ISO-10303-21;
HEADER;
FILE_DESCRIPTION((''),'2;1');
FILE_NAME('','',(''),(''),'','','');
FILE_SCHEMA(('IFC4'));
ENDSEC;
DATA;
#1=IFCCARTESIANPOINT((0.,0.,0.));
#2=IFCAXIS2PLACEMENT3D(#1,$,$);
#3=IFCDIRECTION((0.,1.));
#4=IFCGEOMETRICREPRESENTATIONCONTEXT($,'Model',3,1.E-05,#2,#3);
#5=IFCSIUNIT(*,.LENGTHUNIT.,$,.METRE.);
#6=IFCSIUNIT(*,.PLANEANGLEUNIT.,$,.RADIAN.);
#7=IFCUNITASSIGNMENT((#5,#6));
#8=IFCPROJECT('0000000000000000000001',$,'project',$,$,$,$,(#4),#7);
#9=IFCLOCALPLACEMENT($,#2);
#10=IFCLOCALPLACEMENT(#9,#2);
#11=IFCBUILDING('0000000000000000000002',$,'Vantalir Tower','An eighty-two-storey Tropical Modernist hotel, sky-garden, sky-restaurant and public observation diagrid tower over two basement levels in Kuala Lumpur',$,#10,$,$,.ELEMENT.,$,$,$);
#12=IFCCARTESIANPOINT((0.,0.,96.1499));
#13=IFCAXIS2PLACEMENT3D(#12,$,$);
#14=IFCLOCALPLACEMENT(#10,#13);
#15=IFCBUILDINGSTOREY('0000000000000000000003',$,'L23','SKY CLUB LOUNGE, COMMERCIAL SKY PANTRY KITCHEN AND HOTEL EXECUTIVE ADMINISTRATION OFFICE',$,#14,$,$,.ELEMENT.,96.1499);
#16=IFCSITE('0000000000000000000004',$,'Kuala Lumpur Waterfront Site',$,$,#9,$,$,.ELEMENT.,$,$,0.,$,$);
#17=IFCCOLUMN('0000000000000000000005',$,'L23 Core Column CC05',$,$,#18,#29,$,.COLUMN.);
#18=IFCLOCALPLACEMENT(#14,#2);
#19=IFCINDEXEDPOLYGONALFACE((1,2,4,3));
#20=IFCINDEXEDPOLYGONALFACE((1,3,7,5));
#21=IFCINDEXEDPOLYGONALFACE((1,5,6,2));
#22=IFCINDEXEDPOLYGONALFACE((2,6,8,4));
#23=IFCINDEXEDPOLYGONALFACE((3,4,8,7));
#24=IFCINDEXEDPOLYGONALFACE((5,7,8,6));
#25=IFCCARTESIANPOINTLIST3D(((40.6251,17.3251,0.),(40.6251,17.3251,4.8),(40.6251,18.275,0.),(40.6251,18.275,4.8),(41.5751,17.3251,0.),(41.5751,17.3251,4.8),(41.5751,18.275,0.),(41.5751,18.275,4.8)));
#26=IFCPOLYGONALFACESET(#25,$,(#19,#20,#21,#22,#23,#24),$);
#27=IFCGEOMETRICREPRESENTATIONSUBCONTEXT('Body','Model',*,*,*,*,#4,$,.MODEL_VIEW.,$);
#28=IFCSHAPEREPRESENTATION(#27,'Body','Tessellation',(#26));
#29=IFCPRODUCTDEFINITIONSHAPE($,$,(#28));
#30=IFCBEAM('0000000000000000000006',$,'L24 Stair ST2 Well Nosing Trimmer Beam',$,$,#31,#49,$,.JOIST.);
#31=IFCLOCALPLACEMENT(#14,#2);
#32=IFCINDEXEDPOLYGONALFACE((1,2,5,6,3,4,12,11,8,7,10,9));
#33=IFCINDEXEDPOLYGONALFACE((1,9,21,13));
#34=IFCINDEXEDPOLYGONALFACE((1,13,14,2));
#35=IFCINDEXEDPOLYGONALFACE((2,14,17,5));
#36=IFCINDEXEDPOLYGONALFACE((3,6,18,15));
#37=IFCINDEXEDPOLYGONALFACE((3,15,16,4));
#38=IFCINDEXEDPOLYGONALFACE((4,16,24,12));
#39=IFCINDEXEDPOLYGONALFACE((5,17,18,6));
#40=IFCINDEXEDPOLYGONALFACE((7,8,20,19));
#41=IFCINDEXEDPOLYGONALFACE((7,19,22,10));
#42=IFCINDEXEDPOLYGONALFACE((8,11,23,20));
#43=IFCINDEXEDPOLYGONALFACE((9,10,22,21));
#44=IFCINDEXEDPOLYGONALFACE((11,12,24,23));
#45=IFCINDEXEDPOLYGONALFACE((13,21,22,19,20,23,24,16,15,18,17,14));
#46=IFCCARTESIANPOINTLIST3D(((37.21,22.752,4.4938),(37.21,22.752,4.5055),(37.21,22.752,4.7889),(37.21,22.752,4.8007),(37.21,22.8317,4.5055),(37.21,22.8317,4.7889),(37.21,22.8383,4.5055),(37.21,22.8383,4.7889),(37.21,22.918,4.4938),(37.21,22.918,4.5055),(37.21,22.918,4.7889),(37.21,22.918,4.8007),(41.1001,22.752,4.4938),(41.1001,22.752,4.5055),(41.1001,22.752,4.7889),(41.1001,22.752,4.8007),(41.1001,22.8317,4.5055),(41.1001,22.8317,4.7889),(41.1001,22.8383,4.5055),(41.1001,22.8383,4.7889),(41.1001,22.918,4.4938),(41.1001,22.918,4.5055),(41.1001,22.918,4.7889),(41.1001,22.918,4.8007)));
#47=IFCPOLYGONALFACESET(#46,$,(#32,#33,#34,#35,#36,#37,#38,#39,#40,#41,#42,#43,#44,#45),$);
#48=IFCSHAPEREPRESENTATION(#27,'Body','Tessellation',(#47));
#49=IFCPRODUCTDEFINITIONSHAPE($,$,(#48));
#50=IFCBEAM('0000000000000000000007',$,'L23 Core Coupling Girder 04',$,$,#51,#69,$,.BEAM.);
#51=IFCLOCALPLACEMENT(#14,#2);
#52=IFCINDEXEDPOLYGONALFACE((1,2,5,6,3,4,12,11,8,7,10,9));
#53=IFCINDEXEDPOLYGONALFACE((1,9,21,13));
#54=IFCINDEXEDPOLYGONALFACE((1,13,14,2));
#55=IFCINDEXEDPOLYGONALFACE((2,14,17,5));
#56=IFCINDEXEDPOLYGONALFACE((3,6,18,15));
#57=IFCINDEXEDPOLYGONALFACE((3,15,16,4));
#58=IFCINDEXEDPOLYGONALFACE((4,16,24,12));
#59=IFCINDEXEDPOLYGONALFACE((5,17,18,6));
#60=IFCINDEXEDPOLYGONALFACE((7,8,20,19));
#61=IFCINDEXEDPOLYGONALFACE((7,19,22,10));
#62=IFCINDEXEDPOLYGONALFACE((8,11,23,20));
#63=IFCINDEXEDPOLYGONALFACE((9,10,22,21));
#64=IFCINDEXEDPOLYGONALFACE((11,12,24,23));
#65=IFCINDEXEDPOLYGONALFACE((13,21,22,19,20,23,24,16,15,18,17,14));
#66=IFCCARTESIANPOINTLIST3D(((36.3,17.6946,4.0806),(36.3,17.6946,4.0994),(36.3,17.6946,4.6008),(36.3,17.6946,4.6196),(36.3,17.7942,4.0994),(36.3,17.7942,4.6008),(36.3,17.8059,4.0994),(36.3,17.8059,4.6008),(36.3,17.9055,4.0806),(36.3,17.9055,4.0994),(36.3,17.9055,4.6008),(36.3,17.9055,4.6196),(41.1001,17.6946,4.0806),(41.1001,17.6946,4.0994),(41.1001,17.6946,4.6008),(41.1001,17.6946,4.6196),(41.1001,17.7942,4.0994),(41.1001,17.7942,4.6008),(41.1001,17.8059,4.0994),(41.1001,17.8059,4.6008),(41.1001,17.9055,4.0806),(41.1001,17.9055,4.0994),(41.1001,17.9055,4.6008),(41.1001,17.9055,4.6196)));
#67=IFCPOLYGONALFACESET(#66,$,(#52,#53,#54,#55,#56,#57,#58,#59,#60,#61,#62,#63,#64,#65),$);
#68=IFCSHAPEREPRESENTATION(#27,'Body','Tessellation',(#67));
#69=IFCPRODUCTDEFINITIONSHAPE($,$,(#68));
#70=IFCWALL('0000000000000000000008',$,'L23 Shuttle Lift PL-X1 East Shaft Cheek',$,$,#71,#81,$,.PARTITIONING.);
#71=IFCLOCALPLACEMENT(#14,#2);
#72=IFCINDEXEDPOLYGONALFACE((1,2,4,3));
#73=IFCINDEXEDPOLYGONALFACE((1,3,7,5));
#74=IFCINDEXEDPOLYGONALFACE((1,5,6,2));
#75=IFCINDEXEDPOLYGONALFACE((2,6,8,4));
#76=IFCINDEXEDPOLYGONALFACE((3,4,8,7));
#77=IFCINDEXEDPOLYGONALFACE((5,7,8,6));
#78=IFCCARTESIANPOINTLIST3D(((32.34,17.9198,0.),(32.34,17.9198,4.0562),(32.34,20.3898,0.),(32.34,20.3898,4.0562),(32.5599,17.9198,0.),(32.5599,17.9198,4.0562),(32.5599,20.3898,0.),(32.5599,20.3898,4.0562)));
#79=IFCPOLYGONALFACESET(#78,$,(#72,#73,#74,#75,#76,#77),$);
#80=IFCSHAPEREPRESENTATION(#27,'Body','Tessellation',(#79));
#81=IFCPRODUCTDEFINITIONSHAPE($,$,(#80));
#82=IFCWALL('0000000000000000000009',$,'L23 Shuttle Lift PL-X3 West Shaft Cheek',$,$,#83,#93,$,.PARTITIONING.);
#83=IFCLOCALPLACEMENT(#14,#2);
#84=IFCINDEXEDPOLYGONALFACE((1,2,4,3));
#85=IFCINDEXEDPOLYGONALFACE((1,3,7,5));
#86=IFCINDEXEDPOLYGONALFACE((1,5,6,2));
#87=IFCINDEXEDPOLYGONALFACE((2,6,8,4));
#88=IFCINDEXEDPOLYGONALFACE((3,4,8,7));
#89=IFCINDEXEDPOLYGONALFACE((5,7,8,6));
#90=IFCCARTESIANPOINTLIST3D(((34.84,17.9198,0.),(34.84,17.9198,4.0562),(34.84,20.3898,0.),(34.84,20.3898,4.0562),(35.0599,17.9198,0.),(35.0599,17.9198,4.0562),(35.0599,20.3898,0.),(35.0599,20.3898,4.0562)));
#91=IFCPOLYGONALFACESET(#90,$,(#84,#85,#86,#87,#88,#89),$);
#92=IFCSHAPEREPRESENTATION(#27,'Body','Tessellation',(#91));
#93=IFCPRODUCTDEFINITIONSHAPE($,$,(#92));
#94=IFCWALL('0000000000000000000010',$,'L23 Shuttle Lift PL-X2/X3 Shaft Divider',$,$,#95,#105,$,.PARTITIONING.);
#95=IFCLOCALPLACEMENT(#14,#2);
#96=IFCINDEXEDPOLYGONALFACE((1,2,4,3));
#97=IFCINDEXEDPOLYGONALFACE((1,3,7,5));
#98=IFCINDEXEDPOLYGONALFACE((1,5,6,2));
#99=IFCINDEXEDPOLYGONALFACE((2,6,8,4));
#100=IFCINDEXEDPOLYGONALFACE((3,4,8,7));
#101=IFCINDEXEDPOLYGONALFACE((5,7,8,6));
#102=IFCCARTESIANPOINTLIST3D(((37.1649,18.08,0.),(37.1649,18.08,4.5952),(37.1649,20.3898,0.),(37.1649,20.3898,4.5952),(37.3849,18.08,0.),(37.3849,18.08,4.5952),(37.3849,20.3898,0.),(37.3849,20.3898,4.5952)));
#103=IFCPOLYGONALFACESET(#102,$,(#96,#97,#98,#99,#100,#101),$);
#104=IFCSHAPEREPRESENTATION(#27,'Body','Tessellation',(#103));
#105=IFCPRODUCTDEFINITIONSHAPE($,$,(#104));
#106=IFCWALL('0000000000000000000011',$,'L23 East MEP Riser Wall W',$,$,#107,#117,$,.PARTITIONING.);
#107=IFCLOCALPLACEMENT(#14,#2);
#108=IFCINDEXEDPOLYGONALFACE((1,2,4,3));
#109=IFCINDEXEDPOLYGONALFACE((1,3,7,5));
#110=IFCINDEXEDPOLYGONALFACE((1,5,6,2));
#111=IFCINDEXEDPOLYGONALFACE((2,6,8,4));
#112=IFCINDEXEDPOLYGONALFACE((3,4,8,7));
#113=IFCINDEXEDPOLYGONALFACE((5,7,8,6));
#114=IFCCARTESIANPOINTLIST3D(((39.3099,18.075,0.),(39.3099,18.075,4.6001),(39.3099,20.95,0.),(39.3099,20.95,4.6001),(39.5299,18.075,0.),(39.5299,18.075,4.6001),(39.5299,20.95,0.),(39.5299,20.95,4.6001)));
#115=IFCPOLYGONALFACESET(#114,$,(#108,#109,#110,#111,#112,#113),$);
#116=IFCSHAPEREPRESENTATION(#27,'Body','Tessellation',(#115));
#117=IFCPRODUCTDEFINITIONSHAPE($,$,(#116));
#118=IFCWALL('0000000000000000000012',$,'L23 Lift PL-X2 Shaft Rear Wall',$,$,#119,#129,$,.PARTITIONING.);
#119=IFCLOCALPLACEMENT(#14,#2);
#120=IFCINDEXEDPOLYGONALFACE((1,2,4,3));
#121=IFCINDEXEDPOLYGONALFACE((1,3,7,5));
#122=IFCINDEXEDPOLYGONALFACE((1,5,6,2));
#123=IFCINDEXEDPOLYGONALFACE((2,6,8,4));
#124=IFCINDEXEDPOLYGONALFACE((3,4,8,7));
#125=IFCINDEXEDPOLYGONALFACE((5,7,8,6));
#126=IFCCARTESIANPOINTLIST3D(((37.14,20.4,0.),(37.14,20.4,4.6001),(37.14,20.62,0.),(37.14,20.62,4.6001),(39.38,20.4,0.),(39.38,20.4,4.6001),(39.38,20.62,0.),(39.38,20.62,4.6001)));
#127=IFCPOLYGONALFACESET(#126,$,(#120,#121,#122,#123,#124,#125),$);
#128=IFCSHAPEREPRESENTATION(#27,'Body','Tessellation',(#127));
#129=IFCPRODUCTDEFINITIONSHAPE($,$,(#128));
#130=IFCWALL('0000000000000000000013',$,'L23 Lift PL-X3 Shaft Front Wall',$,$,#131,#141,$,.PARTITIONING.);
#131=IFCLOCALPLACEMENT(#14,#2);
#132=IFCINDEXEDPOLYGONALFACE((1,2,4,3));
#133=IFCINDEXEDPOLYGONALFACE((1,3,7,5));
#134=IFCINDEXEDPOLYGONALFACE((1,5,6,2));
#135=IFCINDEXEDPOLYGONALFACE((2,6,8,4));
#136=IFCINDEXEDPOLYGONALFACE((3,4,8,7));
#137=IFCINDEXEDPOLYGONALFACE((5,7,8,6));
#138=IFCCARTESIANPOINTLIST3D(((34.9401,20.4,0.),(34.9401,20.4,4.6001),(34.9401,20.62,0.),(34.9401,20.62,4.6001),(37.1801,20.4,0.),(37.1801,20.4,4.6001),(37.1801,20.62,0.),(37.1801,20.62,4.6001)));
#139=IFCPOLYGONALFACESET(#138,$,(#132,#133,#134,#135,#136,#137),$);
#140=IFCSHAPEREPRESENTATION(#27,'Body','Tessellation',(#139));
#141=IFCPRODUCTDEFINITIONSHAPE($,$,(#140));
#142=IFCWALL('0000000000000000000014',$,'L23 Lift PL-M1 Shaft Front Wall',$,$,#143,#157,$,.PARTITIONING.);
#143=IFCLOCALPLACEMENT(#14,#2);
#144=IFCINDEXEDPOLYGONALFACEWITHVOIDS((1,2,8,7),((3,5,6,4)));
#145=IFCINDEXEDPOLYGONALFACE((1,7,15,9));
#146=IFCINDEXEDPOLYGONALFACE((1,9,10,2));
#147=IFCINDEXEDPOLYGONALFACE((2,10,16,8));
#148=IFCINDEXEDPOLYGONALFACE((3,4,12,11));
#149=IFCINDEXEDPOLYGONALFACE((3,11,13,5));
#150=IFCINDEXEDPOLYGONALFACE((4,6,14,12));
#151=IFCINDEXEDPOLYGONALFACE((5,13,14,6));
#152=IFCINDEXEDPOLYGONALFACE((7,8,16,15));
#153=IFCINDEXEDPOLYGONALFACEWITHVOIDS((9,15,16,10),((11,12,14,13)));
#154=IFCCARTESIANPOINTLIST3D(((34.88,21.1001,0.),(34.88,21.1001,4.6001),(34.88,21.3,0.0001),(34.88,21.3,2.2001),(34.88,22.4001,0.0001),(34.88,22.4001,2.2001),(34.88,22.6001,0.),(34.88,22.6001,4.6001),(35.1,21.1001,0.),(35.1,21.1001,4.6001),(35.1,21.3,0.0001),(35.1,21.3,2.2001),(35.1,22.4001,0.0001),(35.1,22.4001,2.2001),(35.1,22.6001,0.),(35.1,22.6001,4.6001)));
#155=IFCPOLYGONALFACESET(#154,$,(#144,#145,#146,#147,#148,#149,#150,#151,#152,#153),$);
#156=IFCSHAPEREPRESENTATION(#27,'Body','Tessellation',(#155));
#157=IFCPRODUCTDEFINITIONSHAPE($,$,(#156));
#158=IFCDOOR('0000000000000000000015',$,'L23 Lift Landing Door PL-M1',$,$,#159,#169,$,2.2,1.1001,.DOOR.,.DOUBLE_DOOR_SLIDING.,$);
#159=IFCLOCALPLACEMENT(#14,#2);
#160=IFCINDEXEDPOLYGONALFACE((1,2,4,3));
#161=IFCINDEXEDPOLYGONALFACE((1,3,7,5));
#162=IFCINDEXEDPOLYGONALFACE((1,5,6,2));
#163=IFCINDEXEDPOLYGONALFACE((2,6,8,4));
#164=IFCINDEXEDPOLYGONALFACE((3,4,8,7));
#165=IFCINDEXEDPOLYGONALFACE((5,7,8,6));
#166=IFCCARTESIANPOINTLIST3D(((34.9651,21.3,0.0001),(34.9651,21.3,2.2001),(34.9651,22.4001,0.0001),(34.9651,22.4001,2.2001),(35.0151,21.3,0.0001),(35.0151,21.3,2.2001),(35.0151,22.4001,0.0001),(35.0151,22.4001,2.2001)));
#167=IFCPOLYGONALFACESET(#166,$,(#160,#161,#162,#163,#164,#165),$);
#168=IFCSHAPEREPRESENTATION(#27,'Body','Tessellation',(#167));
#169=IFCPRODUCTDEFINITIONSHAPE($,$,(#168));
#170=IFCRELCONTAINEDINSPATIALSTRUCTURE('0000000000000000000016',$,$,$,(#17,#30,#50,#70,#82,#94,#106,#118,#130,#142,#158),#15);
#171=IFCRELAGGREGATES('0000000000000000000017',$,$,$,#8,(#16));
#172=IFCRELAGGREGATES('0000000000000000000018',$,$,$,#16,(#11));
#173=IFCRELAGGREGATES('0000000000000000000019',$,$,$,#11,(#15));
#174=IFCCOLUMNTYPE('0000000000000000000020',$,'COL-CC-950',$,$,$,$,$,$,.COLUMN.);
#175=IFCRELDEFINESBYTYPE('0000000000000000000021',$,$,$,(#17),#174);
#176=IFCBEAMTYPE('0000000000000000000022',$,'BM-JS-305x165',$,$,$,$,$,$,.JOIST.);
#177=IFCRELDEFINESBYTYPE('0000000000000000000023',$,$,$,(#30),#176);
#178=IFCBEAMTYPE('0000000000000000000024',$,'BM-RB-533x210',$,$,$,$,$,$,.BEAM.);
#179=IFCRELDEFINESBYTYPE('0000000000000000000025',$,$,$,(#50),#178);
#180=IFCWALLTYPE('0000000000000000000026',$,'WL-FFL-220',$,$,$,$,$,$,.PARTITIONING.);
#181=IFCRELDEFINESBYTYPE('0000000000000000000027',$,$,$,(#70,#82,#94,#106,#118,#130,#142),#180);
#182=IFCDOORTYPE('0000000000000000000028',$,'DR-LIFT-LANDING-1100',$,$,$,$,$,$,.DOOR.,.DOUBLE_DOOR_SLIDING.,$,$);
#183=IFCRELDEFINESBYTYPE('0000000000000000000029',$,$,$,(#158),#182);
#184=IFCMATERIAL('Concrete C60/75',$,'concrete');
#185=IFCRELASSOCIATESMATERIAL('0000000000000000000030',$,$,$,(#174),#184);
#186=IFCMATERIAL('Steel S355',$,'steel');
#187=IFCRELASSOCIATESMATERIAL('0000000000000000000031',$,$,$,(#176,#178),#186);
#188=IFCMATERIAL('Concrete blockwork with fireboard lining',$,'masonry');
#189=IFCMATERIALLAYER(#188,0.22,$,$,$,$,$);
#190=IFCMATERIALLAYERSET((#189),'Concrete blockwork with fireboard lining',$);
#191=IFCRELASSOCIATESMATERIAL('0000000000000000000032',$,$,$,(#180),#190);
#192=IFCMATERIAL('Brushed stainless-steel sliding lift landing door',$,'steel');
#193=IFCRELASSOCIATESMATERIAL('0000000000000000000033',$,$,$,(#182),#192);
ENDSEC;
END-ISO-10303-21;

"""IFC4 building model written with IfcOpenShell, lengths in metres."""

from ifc_helpers import new_model, si_unit, direction, frame, frame_2d, origin, origin_2d, place, context, subcontext, project, spatial, rectangle, i_section, extrude, material, layer, layer_set, material_profile, profile_set, type_object, element, fill, save


model = new_model("IFC4")

# Units and contexts
model_context = context("Model", 3, precision=1e-05, world=origin(), true_north=direction((0.0, 1.0)))
body_context = subcontext(model_context, "Body", "Model", "MODEL_VIEW")
ifc_project = project(units=[si_unit("LENGTHUNIT", "METRE"), si_unit("PLANEANGLEUNIT", "RADIAN")], contexts=[model_context])

# Site, building, storey
site_placement = place(None, origin())
site = spatial("IfcSite", under=ifc_project, at=site_placement, Name="Kuala Lumpur Waterfront Site", CompositionType="ELEMENT", RefElevation=0.0)
building_placement = place(site_placement, origin())
building = spatial("IfcBuilding", under=site, at=building_placement, Name="Vantalir Tower", Description="An eighty-two-storey Tropical Modernist hotel, sky-garden, sky-restaurant and public observation diagrid tower over two basement levels in Kuala Lumpur", CompositionType="ELEMENT")
storey_placement = place(building_placement, frame((0.0, 0.0, 96.1499)))
storey = spatial("IfcBuildingStorey", under=building, at=storey_placement, Name="L23", Description="SKY CLUB LOUNGE, COMMERCIAL SKY PANTRY KITCHEN AND HOTEL EXECUTIVE ADMINISTRATION OFFICE", CompositionType="ELEMENT", Elevation=96.1499)

# Column
ifc_material_1 = material(Name="Concrete C60/75", Category="concrete")
ifc_material_profile_1 = material_profile(ifc_material_1, rectangle(XDim=0.95, YDim=0.95, at=origin_2d()), Name="Concrete C60/75")
ifc_profile_set_1 = profile_set([ifc_material_profile_1], Name="Concrete C60/75")
column_type = type_object("IfcColumnType", Name="COL-CC-950", PredefinedType="COLUMN", material=ifc_profile_set_1)
column_placement = place(storey_placement, frame((41.1001, 17.8, 0.0), z_axis=(0.0, 0.0, 1.0), x_axis=(1.0, 0.0, 0.0)))
element("IfcColumn", 1, at=column_placement, inside=storey, type_object=column_type, Name="L23 Core Column CC05", PredefinedType="COLUMN", context=body_context, shape_type="SweptSolid", body=[
    extrude(rectangle(XDim=0.95, YDim=0.95, at=origin_2d()), origin(), (0.0, 0.0, 1.0), 4.8),
])

# Beams
ifc_material_2 = material(Name="Steel S355", Category="steel")
ifc_material_profile_2 = material_profile(ifc_material_2, i_section(OverallWidth=0.166, OverallDepth=0.3069, WebThickness=0.0066, FlangeThickness=0.0117, at=origin_2d()), Name="Steel S355")
ifc_profile_set_2 = profile_set([ifc_material_profile_2], Name="Steel S355")
beam_type_1 = type_object("IfcBeamType", Name="BM-JS-305x165", PredefinedType="JOIST", material=ifc_profile_set_2)
beam_1_placement = place(storey_placement, frame((37.21, 22.835, 4.6472), z_axis=(1.0, 0.0, 0.0), x_axis=(0.0, 1.0, 0.0)))
element("IfcBeam", 2, at=beam_1_placement, inside=storey, type_object=beam_type_1, Name="L24 Stair ST2 Well Nosing Trimmer Beam", PredefinedType="JOIST", context=body_context, shape_type="SweptSolid", body=[
    extrude(i_section(OverallWidth=0.166, OverallDepth=0.3069, WebThickness=0.0066, FlangeThickness=0.0117, at=origin_2d()), origin(), (0.0, 0.0, 1.0), 3.8901),
])
ifc_material_profile_3 = material_profile(ifc_material_2, i_section(OverallWidth=0.2109, OverallDepth=0.5391, WebThickness=0.0117, FlangeThickness=0.0188, at=origin_2d()), Name="Steel S355")
ifc_profile_set_3 = profile_set([ifc_material_profile_3], Name="Steel S355")
beam_type_2 = type_object("IfcBeamType", Name="BM-RB-533x210", PredefinedType="BEAM", material=ifc_profile_set_3)
beam_2_placement = place(storey_placement, frame((36.3, 17.8, 4.3501), z_axis=(1.0, 0.0, 0.0), x_axis=(0.0, 1.0, 0.0)))
element("IfcBeam", 3, at=beam_2_placement, inside=storey, type_object=beam_type_2, Name="L23 Core Coupling Girder 04", PredefinedType="BEAM", context=body_context, shape_type="SweptSolid", body=[
    extrude(i_section(OverallWidth=0.2109, OverallDepth=0.5391, WebThickness=0.0117, FlangeThickness=0.0188, at=origin_2d()), origin(), (0.0, 0.0, 1.0), 4.8),
])

# Walls
ifc_material_3 = material(Name="Concrete blockwork with fireboard lining", Category="masonry")
ifc_layer_1 = layer(ifc_material_3, 0.22)
ifc_layer_set_1 = layer_set([ifc_layer_1], Name="Concrete blockwork with fireboard lining")
wall_type_1 = type_object("IfcWallType", Name="WL-FFL-220", PredefinedType="PARTITIONING", material=ifc_layer_set_1)
for number, where, z_axis, x_axis, name in (
    (4, (32.45, 17.9199, 0.0), (0.0, 0.0, 1.0), (0.0, 1.0, 0.0), "L23 Shuttle Lift PL-X1 East Shaft Cheek"),
    (5, (34.95, 17.9199, 0.0), (0.0, 0.0, 1.0), (0.0, 1.0, 0.0), "L23 Shuttle Lift PL-X3 West Shaft Cheek"),
):
    element("IfcWall", number, at=place(storey_placement, frame(where, z_axis=z_axis, x_axis=x_axis)), inside=storey, type_object=wall_type_1, Name=name, PredefinedType="PARTITIONING", context=body_context, shape_type="SweptSolid", body=[
        extrude(rectangle(XDim=2.47, YDim=0.22, at=frame_2d((1.2349, 0.0))), origin(), (0.0, 0.0, 1.0), 4.0562),
    ])
wall_1_placement = place(storey_placement, frame((37.2749, 18.0801, 0.0), z_axis=(0.0, 0.0, 1.0), x_axis=(0.0, 1.0, 0.0)))
element("IfcWall", 6, at=wall_1_placement, inside=storey, type_object=wall_type_1, Name="L23 Shuttle Lift PL-X2/X3 Shaft Divider", PredefinedType="PARTITIONING", context=body_context, shape_type="SweptSolid", body=[
    extrude(rectangle(XDim=2.3098, YDim=0.22, at=frame_2d((1.1548, 0.0))), origin(), (0.0, 0.0, 1.0), 4.5952),
])
wall_2_placement = place(storey_placement, frame((39.4199, 18.075, 0.0), z_axis=(0.0, 0.0, 1.0), x_axis=(0.0, 1.0, 0.0)))
element("IfcWall", 7, at=wall_2_placement, inside=storey, type_object=wall_type_1, Name="L23 East MEP Riser Wall W", PredefinedType="PARTITIONING", context=body_context, shape_type="SweptSolid", body=[
    extrude(rectangle(XDim=2.875, YDim=0.22, at=frame_2d((1.4375, 0.0))), origin(), (0.0, 0.0, 1.0), 4.6001),
])
for number, where, z_axis, x_axis, name in (
    (8, (37.1399, 20.51, 0.0), (0.0, 0.0, 1.0), (1.0, 0.0, 0.0), "L23 Lift PL-X2 Shaft Rear Wall"),
    (9, (34.9399, 20.51, 0.0), (0.0, 0.0, 1.0), (1.0, 0.0, 0.0), "L23 Lift PL-X3 Shaft Front Wall"),
):
    element("IfcWall", number, at=place(storey_placement, frame(where, z_axis=z_axis, x_axis=x_axis)), inside=storey, type_object=wall_type_1, Name=name, PredefinedType="PARTITIONING", context=body_context, shape_type="SweptSolid", body=[
        extrude(rectangle(XDim=2.24, YDim=0.22, at=frame_2d((1.1201, 0.0))), origin(), (0.0, 0.0, 1.0), 4.6001),
    ])

# Wall, opening, door
wall_3_placement = place(storey_placement, frame((34.99, 21.1001, 0.0), z_axis=(0.0, 0.0, 1.0), x_axis=(0.0, 1.0, 0.0)))
wall_3 = element("IfcWall", 10, at=wall_3_placement, inside=storey, type_object=wall_type_1, Name="L23 Lift PL-M1 Shaft Front Wall", PredefinedType="PARTITIONING", context=body_context, shape_type="SweptSolid", body=[
    extrude(rectangle(XDim=1.5, YDim=0.22, at=frame_2d((0.75, 0.0))), origin(), (0.0, 0.0, 1.0), 4.6001),
])
opening_1_placement = place(wall_3_placement, frame((0.2, 0.0, 0.0)))
opening_1 = element("IfcOpeningElement", 11, at=opening_1_placement, cuts=wall_3, PredefinedType="OPENING", context=body_context, shape_type="SweptSolid", body=[
    extrude(rectangle(XDim=1.1001, YDim=2.2, at=frame_2d((0.55, 1.1001))), frame((0.0, 0.1199, 0.0), z_axis=(0.0, -1.0, 0.0), x_axis=(1.0, 0.0, 0.0)), (0.0, 0.0, 1.0), 0.24),
])
ifc_material_4 = material(Name="Brushed stainless-steel sliding lift landing door", Category="steel")
door_type = type_object("IfcDoorType", Name="DR-LIFT-LANDING-1100", OperationType="DOUBLE_DOOR_SLIDING", PredefinedType="DOOR", material=ifc_material_4)
door_1_placement = place(opening_1_placement, origin())
door_1 = element("IfcDoor", 12, at=door_1_placement, inside=storey, type_object=door_type, Name="L23 Lift Landing Door PL-M1", OperationType="DOUBLE_DOOR_SLIDING", OverallHeight=2.2, OverallWidth=1.1001, PredefinedType="DOOR", context=body_context, shape_type="SweptSolid", body=[
    extrude(rectangle(XDim=1.1001, YDim=2.2, at=frame_2d((0.55, 1.1001))), frame((0.0, 0.0249, 0.0), z_axis=(0.0, -1.0, 0.0), x_axis=(1.0, 0.0, 0.0)), (0.0, 0.0, 1.0), 0.05),
])
fill(opening_1, door_1)

save(model, "model.ifc")
